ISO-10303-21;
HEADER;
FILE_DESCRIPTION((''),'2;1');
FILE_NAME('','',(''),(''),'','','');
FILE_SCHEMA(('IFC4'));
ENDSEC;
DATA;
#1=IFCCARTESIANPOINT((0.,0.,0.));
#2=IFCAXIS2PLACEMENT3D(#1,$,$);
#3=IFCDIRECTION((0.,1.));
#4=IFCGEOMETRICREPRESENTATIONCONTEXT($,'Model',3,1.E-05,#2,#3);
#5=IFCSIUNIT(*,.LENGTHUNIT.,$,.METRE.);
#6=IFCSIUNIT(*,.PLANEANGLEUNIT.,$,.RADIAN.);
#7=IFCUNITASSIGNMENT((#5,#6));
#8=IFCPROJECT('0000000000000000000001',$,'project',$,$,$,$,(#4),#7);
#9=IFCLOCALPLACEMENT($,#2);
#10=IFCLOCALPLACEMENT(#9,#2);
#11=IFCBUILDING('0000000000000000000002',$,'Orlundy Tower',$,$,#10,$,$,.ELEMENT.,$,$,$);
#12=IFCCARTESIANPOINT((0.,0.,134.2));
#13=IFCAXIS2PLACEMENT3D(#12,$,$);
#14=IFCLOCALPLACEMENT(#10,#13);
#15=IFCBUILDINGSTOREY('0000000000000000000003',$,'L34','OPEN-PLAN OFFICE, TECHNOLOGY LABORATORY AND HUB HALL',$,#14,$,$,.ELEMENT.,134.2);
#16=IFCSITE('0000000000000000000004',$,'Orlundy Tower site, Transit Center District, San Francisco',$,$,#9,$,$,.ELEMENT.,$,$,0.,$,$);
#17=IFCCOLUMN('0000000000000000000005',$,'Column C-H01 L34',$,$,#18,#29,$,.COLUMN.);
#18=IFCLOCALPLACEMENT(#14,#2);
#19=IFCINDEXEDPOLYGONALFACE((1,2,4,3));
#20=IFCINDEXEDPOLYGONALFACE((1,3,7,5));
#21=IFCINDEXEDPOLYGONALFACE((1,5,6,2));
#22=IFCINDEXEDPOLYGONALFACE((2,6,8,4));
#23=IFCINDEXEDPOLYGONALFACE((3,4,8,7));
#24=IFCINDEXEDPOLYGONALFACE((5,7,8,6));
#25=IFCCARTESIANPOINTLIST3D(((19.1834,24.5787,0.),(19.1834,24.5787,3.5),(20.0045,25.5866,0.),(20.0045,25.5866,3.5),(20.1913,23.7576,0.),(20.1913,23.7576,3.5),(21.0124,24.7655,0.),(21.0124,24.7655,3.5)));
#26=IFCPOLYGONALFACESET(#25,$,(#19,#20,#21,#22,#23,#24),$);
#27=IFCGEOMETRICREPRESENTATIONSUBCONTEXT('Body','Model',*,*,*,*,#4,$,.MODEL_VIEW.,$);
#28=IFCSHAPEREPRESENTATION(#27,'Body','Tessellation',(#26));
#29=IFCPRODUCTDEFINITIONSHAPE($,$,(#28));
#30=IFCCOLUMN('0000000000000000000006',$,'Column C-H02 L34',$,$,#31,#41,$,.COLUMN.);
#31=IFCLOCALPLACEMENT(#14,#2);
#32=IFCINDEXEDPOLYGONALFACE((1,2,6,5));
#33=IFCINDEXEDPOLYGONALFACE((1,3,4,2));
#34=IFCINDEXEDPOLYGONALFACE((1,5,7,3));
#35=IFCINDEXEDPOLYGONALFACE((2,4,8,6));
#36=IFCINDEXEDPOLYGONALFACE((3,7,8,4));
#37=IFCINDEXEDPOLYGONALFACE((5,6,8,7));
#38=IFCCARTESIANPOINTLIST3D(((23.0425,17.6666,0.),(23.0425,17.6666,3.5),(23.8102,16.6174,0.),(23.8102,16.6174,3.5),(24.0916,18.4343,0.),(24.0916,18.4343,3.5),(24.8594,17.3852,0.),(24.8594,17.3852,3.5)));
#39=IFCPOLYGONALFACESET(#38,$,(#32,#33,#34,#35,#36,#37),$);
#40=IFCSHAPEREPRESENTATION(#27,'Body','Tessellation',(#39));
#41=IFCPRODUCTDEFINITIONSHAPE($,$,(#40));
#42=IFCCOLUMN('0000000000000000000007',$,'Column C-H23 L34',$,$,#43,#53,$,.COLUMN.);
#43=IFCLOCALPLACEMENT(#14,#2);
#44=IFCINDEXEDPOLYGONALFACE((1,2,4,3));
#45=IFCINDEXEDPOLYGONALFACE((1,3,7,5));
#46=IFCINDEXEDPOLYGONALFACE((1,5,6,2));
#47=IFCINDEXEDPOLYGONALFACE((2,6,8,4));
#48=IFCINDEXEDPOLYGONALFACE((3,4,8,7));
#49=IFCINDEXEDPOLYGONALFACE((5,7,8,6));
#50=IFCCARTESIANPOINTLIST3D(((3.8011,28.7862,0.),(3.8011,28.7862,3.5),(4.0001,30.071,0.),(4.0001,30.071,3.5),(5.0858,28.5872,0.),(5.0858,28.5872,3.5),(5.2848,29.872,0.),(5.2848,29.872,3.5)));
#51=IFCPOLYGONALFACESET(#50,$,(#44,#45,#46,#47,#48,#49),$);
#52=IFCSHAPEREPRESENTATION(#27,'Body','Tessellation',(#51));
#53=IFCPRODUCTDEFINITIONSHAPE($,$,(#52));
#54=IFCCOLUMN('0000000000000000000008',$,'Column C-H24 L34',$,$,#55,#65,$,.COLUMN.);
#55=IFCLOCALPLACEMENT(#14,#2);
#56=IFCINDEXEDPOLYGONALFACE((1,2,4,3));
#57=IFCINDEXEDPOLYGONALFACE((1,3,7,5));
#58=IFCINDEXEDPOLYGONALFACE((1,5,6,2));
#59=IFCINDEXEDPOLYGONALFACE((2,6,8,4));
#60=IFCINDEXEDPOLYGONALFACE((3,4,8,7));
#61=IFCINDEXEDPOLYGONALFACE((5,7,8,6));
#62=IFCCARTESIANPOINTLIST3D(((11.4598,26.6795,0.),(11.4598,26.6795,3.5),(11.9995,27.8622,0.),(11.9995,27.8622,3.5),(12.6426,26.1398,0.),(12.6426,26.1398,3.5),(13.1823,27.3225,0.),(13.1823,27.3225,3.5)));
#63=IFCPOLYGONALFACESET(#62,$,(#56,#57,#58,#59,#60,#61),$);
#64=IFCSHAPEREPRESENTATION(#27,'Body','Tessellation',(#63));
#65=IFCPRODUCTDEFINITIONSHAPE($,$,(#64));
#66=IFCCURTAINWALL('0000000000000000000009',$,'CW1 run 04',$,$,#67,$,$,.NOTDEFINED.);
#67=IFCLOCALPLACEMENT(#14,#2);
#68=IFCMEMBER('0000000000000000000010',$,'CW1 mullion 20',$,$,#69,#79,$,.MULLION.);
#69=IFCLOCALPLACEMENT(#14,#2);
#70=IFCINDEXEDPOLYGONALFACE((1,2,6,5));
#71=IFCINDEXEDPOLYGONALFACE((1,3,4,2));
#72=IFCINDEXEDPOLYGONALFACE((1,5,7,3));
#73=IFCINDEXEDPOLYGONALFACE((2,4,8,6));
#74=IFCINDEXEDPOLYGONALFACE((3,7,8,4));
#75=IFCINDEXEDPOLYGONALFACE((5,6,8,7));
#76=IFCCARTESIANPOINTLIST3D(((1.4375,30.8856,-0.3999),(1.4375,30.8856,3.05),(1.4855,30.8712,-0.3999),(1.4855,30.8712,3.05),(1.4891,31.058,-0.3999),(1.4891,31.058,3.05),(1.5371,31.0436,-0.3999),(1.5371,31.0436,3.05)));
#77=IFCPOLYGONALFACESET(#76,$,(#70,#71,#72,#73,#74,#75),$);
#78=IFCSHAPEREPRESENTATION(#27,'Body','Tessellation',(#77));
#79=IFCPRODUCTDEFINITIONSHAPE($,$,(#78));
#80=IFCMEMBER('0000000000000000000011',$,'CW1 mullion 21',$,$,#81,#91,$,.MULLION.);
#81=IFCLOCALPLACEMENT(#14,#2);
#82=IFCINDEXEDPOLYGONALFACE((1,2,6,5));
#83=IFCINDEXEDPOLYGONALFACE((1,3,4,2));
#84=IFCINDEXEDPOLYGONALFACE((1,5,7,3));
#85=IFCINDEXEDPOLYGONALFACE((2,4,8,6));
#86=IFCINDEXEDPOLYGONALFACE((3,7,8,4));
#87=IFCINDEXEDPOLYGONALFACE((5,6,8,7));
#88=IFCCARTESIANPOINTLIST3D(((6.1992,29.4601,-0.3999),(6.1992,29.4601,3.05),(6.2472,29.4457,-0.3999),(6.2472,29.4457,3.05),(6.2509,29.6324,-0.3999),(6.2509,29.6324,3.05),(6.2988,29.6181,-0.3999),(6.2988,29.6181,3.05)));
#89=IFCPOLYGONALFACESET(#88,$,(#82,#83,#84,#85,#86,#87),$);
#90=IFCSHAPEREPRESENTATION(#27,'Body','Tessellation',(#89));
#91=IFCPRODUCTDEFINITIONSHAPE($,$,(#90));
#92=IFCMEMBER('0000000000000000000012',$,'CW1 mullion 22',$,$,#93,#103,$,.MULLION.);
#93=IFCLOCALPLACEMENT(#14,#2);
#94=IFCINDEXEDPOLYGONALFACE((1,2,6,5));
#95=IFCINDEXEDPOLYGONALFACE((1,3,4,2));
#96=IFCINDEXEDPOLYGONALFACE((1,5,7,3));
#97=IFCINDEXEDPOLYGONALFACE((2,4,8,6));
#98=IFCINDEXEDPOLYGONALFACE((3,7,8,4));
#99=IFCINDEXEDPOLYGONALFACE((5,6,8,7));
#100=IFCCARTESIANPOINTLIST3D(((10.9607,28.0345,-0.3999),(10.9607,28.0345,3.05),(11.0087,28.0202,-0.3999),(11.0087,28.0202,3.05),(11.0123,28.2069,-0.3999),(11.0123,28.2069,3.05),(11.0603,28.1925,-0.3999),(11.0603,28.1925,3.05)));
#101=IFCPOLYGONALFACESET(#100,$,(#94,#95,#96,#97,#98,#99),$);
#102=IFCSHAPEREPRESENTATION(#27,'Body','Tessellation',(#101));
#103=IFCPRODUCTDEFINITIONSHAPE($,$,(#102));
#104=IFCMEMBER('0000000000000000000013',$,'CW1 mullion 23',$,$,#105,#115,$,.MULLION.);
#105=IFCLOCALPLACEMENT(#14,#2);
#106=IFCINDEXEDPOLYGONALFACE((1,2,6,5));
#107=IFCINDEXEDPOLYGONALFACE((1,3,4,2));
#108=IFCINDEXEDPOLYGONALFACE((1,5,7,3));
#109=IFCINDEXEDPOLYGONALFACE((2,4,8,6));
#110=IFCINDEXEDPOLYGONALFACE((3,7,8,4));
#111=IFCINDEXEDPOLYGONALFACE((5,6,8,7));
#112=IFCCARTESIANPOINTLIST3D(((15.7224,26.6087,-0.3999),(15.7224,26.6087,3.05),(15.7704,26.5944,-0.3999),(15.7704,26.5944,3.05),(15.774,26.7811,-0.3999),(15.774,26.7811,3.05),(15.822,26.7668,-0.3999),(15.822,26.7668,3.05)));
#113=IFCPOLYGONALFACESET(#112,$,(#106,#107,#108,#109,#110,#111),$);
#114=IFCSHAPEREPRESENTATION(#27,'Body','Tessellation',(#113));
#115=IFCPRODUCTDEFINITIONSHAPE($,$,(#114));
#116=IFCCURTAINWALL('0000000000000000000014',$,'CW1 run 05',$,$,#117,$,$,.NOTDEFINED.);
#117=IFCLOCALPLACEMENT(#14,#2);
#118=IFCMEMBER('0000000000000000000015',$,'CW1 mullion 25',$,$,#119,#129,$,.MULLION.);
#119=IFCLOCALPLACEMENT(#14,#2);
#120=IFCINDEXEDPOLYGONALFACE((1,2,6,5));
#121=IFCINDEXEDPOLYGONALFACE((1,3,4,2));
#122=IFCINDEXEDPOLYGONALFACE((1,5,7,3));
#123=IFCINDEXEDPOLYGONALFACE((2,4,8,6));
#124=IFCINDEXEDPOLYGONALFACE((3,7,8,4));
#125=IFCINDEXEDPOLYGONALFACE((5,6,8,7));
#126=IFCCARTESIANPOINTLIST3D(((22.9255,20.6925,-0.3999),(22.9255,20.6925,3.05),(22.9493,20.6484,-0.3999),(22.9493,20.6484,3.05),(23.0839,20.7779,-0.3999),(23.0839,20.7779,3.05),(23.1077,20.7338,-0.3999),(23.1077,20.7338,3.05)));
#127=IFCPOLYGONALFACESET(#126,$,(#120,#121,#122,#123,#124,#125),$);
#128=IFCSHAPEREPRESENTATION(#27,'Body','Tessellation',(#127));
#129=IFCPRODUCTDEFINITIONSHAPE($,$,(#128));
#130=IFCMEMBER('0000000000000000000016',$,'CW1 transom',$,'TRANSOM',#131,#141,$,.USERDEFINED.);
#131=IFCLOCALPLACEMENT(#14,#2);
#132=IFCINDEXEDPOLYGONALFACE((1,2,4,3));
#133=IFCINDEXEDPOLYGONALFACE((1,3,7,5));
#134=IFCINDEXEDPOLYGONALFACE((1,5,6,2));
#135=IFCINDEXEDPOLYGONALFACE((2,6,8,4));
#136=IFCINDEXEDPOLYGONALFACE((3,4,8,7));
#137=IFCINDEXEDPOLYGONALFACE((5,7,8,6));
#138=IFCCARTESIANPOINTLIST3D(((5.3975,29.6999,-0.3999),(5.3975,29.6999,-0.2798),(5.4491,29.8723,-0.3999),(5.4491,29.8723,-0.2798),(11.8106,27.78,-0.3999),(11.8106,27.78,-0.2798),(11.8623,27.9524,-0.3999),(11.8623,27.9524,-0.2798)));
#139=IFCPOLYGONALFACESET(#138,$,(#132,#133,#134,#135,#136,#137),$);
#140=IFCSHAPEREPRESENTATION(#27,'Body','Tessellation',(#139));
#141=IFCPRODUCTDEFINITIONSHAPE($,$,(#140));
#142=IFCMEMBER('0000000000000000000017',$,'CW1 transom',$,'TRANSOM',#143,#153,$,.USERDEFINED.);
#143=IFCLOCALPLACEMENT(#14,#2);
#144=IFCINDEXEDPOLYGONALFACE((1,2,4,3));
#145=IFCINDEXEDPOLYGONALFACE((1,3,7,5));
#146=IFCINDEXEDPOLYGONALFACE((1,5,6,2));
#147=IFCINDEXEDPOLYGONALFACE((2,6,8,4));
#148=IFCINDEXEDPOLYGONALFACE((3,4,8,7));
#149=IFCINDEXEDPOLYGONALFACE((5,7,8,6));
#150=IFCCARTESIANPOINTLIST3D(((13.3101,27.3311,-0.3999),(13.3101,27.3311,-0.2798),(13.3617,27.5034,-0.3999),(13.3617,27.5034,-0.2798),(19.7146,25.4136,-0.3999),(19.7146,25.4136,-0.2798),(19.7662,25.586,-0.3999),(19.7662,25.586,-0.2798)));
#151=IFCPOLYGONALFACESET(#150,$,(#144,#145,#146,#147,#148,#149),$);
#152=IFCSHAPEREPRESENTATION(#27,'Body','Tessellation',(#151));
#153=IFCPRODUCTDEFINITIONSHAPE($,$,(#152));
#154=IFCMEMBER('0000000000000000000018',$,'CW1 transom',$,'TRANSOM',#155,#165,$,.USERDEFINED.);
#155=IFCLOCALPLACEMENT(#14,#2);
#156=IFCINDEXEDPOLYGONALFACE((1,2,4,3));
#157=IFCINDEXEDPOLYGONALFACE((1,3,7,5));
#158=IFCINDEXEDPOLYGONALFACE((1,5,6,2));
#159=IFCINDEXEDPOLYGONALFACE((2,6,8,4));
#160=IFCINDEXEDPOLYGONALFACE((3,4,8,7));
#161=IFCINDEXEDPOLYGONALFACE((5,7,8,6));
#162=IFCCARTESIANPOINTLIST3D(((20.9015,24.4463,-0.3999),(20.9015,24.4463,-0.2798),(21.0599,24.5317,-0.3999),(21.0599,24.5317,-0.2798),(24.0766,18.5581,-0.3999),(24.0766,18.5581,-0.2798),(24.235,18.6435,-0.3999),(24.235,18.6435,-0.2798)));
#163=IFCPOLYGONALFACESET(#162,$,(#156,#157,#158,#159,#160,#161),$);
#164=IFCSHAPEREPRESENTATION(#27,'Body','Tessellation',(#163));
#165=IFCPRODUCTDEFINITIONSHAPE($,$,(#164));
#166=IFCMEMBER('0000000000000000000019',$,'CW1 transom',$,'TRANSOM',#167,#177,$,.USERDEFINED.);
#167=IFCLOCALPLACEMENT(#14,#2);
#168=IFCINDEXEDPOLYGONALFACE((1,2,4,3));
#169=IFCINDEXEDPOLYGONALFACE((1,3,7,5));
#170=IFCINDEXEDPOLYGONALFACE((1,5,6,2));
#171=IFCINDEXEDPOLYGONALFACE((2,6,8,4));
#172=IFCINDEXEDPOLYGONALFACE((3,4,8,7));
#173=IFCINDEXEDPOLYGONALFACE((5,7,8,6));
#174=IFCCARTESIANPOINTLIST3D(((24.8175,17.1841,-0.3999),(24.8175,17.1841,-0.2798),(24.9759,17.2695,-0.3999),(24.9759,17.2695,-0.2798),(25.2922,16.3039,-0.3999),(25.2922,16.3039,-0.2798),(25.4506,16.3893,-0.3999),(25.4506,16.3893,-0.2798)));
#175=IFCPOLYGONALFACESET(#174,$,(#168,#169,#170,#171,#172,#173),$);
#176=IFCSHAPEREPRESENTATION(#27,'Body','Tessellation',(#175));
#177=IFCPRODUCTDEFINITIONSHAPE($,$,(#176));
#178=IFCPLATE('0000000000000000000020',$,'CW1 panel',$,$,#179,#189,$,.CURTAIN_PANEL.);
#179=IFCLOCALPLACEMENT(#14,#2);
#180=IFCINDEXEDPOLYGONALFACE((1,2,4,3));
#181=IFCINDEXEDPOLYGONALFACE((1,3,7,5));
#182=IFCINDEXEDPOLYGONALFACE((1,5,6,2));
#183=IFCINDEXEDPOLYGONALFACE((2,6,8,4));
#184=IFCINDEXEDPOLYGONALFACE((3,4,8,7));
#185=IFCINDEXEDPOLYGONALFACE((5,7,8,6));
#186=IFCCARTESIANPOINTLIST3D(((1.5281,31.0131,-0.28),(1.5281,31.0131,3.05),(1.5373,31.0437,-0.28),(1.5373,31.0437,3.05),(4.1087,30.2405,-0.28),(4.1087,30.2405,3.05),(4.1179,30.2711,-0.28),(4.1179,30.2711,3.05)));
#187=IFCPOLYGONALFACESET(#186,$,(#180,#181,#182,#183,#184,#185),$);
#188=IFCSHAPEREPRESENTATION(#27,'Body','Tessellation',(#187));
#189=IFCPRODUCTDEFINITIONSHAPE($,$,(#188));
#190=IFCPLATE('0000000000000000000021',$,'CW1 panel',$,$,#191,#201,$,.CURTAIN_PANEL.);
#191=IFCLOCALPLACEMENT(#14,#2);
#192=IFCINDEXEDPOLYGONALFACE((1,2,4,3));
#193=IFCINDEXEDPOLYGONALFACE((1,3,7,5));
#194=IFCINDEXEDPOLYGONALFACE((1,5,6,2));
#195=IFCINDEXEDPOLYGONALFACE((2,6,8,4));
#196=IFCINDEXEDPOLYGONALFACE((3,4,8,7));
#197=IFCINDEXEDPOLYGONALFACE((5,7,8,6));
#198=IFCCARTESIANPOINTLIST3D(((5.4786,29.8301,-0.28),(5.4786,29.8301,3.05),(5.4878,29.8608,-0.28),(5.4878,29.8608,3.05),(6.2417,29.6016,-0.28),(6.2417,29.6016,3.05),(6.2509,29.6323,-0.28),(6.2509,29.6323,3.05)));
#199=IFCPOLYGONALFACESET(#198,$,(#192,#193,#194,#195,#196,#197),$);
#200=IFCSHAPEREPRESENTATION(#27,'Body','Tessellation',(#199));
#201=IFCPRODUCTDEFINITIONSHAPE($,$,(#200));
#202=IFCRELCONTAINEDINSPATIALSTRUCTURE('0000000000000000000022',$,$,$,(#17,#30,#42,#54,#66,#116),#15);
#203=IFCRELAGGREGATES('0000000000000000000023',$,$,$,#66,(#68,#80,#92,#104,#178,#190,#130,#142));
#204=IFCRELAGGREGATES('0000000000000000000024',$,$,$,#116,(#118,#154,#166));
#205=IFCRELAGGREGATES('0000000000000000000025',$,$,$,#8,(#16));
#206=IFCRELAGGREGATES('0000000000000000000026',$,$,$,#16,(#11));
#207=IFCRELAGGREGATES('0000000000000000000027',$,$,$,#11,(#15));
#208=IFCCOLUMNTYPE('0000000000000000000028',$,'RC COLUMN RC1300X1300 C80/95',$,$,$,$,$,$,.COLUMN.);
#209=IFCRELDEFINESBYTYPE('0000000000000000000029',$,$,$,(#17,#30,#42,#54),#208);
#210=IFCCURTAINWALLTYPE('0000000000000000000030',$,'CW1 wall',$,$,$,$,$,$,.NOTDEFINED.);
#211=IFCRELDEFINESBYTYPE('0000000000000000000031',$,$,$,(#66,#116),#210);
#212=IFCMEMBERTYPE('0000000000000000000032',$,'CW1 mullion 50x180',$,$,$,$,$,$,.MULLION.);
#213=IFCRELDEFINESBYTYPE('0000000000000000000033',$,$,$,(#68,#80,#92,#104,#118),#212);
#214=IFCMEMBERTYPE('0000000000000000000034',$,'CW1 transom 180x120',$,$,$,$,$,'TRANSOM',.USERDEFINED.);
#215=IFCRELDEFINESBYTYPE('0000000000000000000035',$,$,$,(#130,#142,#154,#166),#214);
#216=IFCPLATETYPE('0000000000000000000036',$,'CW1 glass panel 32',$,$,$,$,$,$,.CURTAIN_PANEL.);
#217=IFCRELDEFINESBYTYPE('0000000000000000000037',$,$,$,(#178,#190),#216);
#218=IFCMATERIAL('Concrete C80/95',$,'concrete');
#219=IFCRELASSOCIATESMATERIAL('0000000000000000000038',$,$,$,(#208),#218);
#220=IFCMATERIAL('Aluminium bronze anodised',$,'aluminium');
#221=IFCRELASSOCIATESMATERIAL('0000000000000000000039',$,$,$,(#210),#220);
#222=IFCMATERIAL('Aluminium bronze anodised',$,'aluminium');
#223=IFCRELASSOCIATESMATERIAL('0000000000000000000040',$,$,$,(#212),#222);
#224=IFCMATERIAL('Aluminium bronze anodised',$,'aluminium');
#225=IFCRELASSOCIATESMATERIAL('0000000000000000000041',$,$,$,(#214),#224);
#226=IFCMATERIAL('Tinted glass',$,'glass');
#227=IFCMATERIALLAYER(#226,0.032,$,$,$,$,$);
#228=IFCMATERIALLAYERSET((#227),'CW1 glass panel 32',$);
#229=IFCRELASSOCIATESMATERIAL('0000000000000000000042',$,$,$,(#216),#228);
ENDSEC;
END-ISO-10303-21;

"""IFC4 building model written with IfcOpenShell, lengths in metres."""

from ifc_helpers import new_model, si_unit, direction, frame, origin, origin_2d, place, context, subcontext, project, spatial, rectangle, extrude, material, layer, layer_set, material_profile, profile_set, type_object, element, aggregate, save


model = new_model("IFC4")

# Units and contexts
model_context = context("Model", 3, precision=1e-05, world=origin(), true_north=direction((0.0, 1.0)))
body_context = subcontext(model_context, "Body", "Model", "MODEL_VIEW")
ifc_project = project(units=[si_unit("LENGTHUNIT", "METRE"), si_unit("PLANEANGLEUNIT", "RADIAN")], contexts=[model_context])

# Site, building, storey
site_placement = place(None, origin())
site = spatial("IfcSite", under=ifc_project, at=site_placement, Name="Orlundy Tower site, Transit Center District, San Francisco", CompositionType="ELEMENT", RefElevation=0.0)
building_placement = place(site_placement, origin())
building = spatial("IfcBuilding", under=site, at=building_placement, Name="Orlundy Tower", CompositionType="ELEMENT")
storey_placement = place(building_placement, frame((0.0, 0.0, 134.2)))
storey = spatial("IfcBuildingStorey", under=building, at=storey_placement, Name="L34", Description="OPEN-PLAN OFFICE, TECHNOLOGY LABORATORY AND HUB HALL", CompositionType="ELEMENT", Elevation=134.2)

# Columns
ifc_material_1 = material(Name="Concrete C80/95", Category="concrete")
ifc_material_profile_1 = material_profile(ifc_material_1, rectangle(XDim=1.3, YDim=1.3, at=origin_2d()), Name="RC1300X1300")
ifc_profile_set_1 = profile_set([ifc_material_profile_1], Name="Concrete C80/95")
column_type = type_object("IfcColumnType", Name="RC COLUMN RC1300X1300 C80/95", PredefinedType="COLUMN", material=ifc_profile_set_1)
for number, where, z_axis, x_axis, name in (
    (1, (20.0979, 24.6721, 0.0), (0.0, 0.0, 1.0), (0.631583, 0.775308, 0.0), "Column C-H01 L34"),
    (2, (23.9509, 17.5259, 0.0), (0.0, 0.0, 1.0), (0.807012, 0.590535, 0.0), "Column C-H02 L34"),
    (3, (4.543, 29.3291, 0.0), (0.0, 0.0, 1.0), (0.153072, 0.988215, 0.0), "Column C-H23 L34"),
    (4, (12.321, 27.001, 0.0), (0.0, 0.0, 1.0), (0.415138, 0.909759, 0.0), "Column C-H24 L34"),
):
    element("IfcColumn", number, at=place(storey_placement, frame(where, z_axis=z_axis, x_axis=x_axis)), inside=storey, type_object=column_type, Name=name, PredefinedType="COLUMN", context=body_context, shape_type="SweptSolid", body=[
        extrude(rectangle(XDim=1.3, YDim=1.3, at=origin_2d()), origin(), (0.0, 0.0, 1.0), 3.5),
    ])

# Curtain wall, members
ifc_material_2 = material(Name="Aluminium bronze anodised", Category="aluminium")
curtain_wall_type = type_object("IfcCurtainWallType", Name="CW1 wall", PredefinedType="NOTDEFINED", material=ifc_material_2)
curtain_wall_1_placement = place(storey_placement, origin())
curtain_wall_1 = element("IfcCurtainWall", 5, at=curtain_wall_1_placement, inside=storey, type_object=curtain_wall_type, Name="CW1 run 04", PredefinedType="NOTDEFINED")
ifc_material_3 = material(Name="Aluminium bronze anodised", Category="aluminium")
ifc_material_profile_2 = material_profile(ifc_material_3, rectangle(XDim=0.1799, YDim=0.05, at=origin_2d()), Name="CW1 mullion 50x180")
ifc_profile_set_2 = profile_set([ifc_material_profile_2], Name="Aluminium bronze anodised")
member_type_1 = type_object("IfcMemberType", Name="CW1 mullion 50x180", PredefinedType="MULLION", material=ifc_profile_set_2)
member_1_placement = place(storey_placement, frame((1.4873, 30.9646, -0.3999), z_axis=(0.0, 0.0, 1.0), x_axis=(0.286816, 0.957986, 0.0)))
member_1 = element("IfcMember", 6, at=member_1_placement, type_object=member_type_1, Name="CW1 mullion 20", PredefinedType="MULLION", context=body_context, shape_type="SweptSolid", body=[
    extrude(rectangle(XDim=0.1799, YDim=0.05, at=origin_2d()), origin(), (0.0, 0.0, 1.0), 3.45),
])
member_2_placement = place(storey_placement, frame((6.249, 29.5391, -0.3999), z_axis=(0.0, 0.0, 1.0), x_axis=(0.286816, 0.957986, 0.0)))
member_2 = element("IfcMember", 7, at=member_2_placement, type_object=member_type_1, Name="CW1 mullion 21", PredefinedType="MULLION", context=body_context, shape_type="SweptSolid", body=[
    extrude(rectangle(XDim=0.1799, YDim=0.05, at=origin_2d()), origin(), (0.0, 0.0, 1.0), 3.45),
])
member_3_placement = place(storey_placement, frame((11.0105, 28.1135, -0.3999), z_axis=(0.0, 0.0, 1.0), x_axis=(0.286816, 0.957986, 0.0)))
member_3 = element("IfcMember", 8, at=member_3_placement, type_object=member_type_1, Name="CW1 mullion 22", PredefinedType="MULLION", context=body_context, shape_type="SweptSolid", body=[
    extrude(rectangle(XDim=0.1799, YDim=0.05, at=origin_2d()), origin(), (0.0, 0.0, 1.0), 3.45),
])
member_4_placement = place(storey_placement, frame((15.7722, 26.6877, -0.3999), z_axis=(0.0, 0.0, 1.0), x_axis=(0.286816, 0.957986, 0.0)))
member_4 = element("IfcMember", 9, at=member_4_placement, type_object=member_type_1, Name="CW1 mullion 23", PredefinedType="MULLION", context=body_context, shape_type="SweptSolid", body=[
    extrude(rectangle(XDim=0.1799, YDim=0.05, at=origin_2d()), origin(), (0.0, 0.0, 1.0), 3.45),
])

# Curtain wall, member
curtain_wall_2_placement = place(storey_placement, origin())
curtain_wall_2 = element("IfcCurtainWall", 10, at=curtain_wall_2_placement, inside=storey, type_object=curtain_wall_type, Name="CW1 run 05", PredefinedType="NOTDEFINED")
member_5_placement = place(storey_placement, frame((23.0166, 20.7131, -0.3999), z_axis=(0.0, 0.0, 1.0), x_axis=(0.880189, 0.474624, 0.0)))
member_5 = element("IfcMember", 11, at=member_5_placement, type_object=member_type_1, Name="CW1 mullion 25", PredefinedType="MULLION", context=body_context, shape_type="SweptSolid", body=[
    extrude(rectangle(XDim=0.1799, YDim=0.05, at=origin_2d()), origin(), (0.0, 0.0, 1.0), 3.45),
])

# Members
ifc_material_4 = material(Name="Aluminium bronze anodised", Category="aluminium")
ifc_material_profile_3 = material_profile(ifc_material_4, rectangle(XDim=0.1799, YDim=0.1201, at=origin_2d()), Name="CW1 transom 180x120")
ifc_profile_set_3 = profile_set([ifc_material_profile_3], Name="Aluminium bronze anodised")
member_type_2 = type_object("IfcMemberType", Name="CW1 transom 180x120", ElementType="TRANSOM", PredefinedType="USERDEFINED", material=ifc_profile_set_3)
member_6_placement = place(storey_placement, frame((5.4233, 29.7861, -0.3398), z_axis=(0.957991, -0.286799, 0.0), x_axis=(0.286799, 0.957991, 0.0)))
member_6 = element("IfcMember", 12, at=member_6_placement, type_object=member_type_2, Name="CW1 transom", ObjectType="TRANSOM", PredefinedType="USERDEFINED", context=body_context, shape_type="SweptSolid", body=[
    extrude(rectangle(XDim=0.1799, YDim=0.1201, at=origin_2d()), origin(), (0.0, 0.0, 1.0), 6.6943),
])
member_7_placement = place(storey_placement, frame((13.3359, 27.4172, -0.3398), z_axis=(0.957986, -0.286815, 0.0), x_axis=(0.286815, 0.957986, 0.0)))
member_7 = element("IfcMember", 13, at=member_7_placement, type_object=member_type_2, Name="CW1 transom", ObjectType="TRANSOM", PredefinedType="USERDEFINED", context=body_context, shape_type="SweptSolid", body=[
    extrude(rectangle(XDim=0.1799, YDim=0.1201, at=origin_2d()), origin(), (0.0, 0.0, 1.0), 6.6853),
])
member_8_placement = place(storey_placement, frame((20.9807, 24.489, -0.3398), z_axis=(0.47462, -0.880191, 0.0), x_axis=(0.880191, 0.47462, 0.0)))
member_8 = element("IfcMember", 14, at=member_8_placement, type_object=member_type_2, Name="CW1 transom", ObjectType="TRANSOM", PredefinedType="USERDEFINED", context=body_context, shape_type="SweptSolid", body=[
    extrude(rectangle(XDim=0.1799, YDim=0.1201, at=origin_2d()), origin(), (0.0, 0.0, 1.0), 6.6897),
])
member_9_placement = place(storey_placement, frame((24.8967, 17.2268, -0.3398), z_axis=(0.474638, -0.880181, 0.0), x_axis=(0.880181, 0.474638, 0.0)))
member_9 = element("IfcMember", 15, at=member_9_placement, type_object=member_type_2, Name="CW1 transom", ObjectType="TRANSOM", PredefinedType="USERDEFINED", context=body_context, shape_type="SweptSolid", body=[
    extrude(rectangle(XDim=0.1799, YDim=0.1201, at=origin_2d()), origin(), (0.0, 0.0, 1.0), 1.0),
])

# Plates
ifc_material_5 = material(Name="Tinted glass", Category="glass")
ifc_layer_1 = layer(ifc_material_5, 0.032)
ifc_layer_set_1 = layer_set([ifc_layer_1], Name="CW1 glass panel 32")
plate_type = type_object("IfcPlateType", Name="CW1 glass panel 32", PredefinedType="CURTAIN_PANEL", material=ifc_layer_set_1)
plate_1_placement = place(storey_placement, frame((2.823, 30.6421, -0.28), z_axis=(0.0, 0.0, 1.0), x_axis=(0.957986, -0.286816, 0.0)))
plate_1 = element("IfcPlate", 16, at=plate_1_placement, type_object=plate_type, Name="CW1 panel", PredefinedType="CURTAIN_PANEL", context=body_context, shape_type="SweptSolid", body=[
    extrude(rectangle(XDim=2.6938, YDim=0.032, at=origin_2d()), origin(), (0.0, 0.0, 1.0), 3.3301),
])
plate_2_placement = place(storey_placement, frame((5.8647, 29.7312, -0.28), z_axis=(0.0, 0.0, 1.0), x_axis=(0.957986, -0.286816, 0.0)))
plate_2 = element("IfcPlate", 17, at=plate_2_placement, type_object=plate_type, Name="CW1 panel", PredefinedType="CURTAIN_PANEL", context=body_context, shape_type="SweptSolid", body=[
    extrude(rectangle(XDim=0.7966, YDim=0.032, at=origin_2d()), origin(), (0.0, 0.0, 1.0), 3.3301),
])
aggregate(curtain_wall_1, [member_1, member_2, member_3, member_4, plate_1, plate_2, member_6, member_7])
aggregate(curtain_wall_2, [member_5, member_8, member_9])

save(model, "model.ifc")
